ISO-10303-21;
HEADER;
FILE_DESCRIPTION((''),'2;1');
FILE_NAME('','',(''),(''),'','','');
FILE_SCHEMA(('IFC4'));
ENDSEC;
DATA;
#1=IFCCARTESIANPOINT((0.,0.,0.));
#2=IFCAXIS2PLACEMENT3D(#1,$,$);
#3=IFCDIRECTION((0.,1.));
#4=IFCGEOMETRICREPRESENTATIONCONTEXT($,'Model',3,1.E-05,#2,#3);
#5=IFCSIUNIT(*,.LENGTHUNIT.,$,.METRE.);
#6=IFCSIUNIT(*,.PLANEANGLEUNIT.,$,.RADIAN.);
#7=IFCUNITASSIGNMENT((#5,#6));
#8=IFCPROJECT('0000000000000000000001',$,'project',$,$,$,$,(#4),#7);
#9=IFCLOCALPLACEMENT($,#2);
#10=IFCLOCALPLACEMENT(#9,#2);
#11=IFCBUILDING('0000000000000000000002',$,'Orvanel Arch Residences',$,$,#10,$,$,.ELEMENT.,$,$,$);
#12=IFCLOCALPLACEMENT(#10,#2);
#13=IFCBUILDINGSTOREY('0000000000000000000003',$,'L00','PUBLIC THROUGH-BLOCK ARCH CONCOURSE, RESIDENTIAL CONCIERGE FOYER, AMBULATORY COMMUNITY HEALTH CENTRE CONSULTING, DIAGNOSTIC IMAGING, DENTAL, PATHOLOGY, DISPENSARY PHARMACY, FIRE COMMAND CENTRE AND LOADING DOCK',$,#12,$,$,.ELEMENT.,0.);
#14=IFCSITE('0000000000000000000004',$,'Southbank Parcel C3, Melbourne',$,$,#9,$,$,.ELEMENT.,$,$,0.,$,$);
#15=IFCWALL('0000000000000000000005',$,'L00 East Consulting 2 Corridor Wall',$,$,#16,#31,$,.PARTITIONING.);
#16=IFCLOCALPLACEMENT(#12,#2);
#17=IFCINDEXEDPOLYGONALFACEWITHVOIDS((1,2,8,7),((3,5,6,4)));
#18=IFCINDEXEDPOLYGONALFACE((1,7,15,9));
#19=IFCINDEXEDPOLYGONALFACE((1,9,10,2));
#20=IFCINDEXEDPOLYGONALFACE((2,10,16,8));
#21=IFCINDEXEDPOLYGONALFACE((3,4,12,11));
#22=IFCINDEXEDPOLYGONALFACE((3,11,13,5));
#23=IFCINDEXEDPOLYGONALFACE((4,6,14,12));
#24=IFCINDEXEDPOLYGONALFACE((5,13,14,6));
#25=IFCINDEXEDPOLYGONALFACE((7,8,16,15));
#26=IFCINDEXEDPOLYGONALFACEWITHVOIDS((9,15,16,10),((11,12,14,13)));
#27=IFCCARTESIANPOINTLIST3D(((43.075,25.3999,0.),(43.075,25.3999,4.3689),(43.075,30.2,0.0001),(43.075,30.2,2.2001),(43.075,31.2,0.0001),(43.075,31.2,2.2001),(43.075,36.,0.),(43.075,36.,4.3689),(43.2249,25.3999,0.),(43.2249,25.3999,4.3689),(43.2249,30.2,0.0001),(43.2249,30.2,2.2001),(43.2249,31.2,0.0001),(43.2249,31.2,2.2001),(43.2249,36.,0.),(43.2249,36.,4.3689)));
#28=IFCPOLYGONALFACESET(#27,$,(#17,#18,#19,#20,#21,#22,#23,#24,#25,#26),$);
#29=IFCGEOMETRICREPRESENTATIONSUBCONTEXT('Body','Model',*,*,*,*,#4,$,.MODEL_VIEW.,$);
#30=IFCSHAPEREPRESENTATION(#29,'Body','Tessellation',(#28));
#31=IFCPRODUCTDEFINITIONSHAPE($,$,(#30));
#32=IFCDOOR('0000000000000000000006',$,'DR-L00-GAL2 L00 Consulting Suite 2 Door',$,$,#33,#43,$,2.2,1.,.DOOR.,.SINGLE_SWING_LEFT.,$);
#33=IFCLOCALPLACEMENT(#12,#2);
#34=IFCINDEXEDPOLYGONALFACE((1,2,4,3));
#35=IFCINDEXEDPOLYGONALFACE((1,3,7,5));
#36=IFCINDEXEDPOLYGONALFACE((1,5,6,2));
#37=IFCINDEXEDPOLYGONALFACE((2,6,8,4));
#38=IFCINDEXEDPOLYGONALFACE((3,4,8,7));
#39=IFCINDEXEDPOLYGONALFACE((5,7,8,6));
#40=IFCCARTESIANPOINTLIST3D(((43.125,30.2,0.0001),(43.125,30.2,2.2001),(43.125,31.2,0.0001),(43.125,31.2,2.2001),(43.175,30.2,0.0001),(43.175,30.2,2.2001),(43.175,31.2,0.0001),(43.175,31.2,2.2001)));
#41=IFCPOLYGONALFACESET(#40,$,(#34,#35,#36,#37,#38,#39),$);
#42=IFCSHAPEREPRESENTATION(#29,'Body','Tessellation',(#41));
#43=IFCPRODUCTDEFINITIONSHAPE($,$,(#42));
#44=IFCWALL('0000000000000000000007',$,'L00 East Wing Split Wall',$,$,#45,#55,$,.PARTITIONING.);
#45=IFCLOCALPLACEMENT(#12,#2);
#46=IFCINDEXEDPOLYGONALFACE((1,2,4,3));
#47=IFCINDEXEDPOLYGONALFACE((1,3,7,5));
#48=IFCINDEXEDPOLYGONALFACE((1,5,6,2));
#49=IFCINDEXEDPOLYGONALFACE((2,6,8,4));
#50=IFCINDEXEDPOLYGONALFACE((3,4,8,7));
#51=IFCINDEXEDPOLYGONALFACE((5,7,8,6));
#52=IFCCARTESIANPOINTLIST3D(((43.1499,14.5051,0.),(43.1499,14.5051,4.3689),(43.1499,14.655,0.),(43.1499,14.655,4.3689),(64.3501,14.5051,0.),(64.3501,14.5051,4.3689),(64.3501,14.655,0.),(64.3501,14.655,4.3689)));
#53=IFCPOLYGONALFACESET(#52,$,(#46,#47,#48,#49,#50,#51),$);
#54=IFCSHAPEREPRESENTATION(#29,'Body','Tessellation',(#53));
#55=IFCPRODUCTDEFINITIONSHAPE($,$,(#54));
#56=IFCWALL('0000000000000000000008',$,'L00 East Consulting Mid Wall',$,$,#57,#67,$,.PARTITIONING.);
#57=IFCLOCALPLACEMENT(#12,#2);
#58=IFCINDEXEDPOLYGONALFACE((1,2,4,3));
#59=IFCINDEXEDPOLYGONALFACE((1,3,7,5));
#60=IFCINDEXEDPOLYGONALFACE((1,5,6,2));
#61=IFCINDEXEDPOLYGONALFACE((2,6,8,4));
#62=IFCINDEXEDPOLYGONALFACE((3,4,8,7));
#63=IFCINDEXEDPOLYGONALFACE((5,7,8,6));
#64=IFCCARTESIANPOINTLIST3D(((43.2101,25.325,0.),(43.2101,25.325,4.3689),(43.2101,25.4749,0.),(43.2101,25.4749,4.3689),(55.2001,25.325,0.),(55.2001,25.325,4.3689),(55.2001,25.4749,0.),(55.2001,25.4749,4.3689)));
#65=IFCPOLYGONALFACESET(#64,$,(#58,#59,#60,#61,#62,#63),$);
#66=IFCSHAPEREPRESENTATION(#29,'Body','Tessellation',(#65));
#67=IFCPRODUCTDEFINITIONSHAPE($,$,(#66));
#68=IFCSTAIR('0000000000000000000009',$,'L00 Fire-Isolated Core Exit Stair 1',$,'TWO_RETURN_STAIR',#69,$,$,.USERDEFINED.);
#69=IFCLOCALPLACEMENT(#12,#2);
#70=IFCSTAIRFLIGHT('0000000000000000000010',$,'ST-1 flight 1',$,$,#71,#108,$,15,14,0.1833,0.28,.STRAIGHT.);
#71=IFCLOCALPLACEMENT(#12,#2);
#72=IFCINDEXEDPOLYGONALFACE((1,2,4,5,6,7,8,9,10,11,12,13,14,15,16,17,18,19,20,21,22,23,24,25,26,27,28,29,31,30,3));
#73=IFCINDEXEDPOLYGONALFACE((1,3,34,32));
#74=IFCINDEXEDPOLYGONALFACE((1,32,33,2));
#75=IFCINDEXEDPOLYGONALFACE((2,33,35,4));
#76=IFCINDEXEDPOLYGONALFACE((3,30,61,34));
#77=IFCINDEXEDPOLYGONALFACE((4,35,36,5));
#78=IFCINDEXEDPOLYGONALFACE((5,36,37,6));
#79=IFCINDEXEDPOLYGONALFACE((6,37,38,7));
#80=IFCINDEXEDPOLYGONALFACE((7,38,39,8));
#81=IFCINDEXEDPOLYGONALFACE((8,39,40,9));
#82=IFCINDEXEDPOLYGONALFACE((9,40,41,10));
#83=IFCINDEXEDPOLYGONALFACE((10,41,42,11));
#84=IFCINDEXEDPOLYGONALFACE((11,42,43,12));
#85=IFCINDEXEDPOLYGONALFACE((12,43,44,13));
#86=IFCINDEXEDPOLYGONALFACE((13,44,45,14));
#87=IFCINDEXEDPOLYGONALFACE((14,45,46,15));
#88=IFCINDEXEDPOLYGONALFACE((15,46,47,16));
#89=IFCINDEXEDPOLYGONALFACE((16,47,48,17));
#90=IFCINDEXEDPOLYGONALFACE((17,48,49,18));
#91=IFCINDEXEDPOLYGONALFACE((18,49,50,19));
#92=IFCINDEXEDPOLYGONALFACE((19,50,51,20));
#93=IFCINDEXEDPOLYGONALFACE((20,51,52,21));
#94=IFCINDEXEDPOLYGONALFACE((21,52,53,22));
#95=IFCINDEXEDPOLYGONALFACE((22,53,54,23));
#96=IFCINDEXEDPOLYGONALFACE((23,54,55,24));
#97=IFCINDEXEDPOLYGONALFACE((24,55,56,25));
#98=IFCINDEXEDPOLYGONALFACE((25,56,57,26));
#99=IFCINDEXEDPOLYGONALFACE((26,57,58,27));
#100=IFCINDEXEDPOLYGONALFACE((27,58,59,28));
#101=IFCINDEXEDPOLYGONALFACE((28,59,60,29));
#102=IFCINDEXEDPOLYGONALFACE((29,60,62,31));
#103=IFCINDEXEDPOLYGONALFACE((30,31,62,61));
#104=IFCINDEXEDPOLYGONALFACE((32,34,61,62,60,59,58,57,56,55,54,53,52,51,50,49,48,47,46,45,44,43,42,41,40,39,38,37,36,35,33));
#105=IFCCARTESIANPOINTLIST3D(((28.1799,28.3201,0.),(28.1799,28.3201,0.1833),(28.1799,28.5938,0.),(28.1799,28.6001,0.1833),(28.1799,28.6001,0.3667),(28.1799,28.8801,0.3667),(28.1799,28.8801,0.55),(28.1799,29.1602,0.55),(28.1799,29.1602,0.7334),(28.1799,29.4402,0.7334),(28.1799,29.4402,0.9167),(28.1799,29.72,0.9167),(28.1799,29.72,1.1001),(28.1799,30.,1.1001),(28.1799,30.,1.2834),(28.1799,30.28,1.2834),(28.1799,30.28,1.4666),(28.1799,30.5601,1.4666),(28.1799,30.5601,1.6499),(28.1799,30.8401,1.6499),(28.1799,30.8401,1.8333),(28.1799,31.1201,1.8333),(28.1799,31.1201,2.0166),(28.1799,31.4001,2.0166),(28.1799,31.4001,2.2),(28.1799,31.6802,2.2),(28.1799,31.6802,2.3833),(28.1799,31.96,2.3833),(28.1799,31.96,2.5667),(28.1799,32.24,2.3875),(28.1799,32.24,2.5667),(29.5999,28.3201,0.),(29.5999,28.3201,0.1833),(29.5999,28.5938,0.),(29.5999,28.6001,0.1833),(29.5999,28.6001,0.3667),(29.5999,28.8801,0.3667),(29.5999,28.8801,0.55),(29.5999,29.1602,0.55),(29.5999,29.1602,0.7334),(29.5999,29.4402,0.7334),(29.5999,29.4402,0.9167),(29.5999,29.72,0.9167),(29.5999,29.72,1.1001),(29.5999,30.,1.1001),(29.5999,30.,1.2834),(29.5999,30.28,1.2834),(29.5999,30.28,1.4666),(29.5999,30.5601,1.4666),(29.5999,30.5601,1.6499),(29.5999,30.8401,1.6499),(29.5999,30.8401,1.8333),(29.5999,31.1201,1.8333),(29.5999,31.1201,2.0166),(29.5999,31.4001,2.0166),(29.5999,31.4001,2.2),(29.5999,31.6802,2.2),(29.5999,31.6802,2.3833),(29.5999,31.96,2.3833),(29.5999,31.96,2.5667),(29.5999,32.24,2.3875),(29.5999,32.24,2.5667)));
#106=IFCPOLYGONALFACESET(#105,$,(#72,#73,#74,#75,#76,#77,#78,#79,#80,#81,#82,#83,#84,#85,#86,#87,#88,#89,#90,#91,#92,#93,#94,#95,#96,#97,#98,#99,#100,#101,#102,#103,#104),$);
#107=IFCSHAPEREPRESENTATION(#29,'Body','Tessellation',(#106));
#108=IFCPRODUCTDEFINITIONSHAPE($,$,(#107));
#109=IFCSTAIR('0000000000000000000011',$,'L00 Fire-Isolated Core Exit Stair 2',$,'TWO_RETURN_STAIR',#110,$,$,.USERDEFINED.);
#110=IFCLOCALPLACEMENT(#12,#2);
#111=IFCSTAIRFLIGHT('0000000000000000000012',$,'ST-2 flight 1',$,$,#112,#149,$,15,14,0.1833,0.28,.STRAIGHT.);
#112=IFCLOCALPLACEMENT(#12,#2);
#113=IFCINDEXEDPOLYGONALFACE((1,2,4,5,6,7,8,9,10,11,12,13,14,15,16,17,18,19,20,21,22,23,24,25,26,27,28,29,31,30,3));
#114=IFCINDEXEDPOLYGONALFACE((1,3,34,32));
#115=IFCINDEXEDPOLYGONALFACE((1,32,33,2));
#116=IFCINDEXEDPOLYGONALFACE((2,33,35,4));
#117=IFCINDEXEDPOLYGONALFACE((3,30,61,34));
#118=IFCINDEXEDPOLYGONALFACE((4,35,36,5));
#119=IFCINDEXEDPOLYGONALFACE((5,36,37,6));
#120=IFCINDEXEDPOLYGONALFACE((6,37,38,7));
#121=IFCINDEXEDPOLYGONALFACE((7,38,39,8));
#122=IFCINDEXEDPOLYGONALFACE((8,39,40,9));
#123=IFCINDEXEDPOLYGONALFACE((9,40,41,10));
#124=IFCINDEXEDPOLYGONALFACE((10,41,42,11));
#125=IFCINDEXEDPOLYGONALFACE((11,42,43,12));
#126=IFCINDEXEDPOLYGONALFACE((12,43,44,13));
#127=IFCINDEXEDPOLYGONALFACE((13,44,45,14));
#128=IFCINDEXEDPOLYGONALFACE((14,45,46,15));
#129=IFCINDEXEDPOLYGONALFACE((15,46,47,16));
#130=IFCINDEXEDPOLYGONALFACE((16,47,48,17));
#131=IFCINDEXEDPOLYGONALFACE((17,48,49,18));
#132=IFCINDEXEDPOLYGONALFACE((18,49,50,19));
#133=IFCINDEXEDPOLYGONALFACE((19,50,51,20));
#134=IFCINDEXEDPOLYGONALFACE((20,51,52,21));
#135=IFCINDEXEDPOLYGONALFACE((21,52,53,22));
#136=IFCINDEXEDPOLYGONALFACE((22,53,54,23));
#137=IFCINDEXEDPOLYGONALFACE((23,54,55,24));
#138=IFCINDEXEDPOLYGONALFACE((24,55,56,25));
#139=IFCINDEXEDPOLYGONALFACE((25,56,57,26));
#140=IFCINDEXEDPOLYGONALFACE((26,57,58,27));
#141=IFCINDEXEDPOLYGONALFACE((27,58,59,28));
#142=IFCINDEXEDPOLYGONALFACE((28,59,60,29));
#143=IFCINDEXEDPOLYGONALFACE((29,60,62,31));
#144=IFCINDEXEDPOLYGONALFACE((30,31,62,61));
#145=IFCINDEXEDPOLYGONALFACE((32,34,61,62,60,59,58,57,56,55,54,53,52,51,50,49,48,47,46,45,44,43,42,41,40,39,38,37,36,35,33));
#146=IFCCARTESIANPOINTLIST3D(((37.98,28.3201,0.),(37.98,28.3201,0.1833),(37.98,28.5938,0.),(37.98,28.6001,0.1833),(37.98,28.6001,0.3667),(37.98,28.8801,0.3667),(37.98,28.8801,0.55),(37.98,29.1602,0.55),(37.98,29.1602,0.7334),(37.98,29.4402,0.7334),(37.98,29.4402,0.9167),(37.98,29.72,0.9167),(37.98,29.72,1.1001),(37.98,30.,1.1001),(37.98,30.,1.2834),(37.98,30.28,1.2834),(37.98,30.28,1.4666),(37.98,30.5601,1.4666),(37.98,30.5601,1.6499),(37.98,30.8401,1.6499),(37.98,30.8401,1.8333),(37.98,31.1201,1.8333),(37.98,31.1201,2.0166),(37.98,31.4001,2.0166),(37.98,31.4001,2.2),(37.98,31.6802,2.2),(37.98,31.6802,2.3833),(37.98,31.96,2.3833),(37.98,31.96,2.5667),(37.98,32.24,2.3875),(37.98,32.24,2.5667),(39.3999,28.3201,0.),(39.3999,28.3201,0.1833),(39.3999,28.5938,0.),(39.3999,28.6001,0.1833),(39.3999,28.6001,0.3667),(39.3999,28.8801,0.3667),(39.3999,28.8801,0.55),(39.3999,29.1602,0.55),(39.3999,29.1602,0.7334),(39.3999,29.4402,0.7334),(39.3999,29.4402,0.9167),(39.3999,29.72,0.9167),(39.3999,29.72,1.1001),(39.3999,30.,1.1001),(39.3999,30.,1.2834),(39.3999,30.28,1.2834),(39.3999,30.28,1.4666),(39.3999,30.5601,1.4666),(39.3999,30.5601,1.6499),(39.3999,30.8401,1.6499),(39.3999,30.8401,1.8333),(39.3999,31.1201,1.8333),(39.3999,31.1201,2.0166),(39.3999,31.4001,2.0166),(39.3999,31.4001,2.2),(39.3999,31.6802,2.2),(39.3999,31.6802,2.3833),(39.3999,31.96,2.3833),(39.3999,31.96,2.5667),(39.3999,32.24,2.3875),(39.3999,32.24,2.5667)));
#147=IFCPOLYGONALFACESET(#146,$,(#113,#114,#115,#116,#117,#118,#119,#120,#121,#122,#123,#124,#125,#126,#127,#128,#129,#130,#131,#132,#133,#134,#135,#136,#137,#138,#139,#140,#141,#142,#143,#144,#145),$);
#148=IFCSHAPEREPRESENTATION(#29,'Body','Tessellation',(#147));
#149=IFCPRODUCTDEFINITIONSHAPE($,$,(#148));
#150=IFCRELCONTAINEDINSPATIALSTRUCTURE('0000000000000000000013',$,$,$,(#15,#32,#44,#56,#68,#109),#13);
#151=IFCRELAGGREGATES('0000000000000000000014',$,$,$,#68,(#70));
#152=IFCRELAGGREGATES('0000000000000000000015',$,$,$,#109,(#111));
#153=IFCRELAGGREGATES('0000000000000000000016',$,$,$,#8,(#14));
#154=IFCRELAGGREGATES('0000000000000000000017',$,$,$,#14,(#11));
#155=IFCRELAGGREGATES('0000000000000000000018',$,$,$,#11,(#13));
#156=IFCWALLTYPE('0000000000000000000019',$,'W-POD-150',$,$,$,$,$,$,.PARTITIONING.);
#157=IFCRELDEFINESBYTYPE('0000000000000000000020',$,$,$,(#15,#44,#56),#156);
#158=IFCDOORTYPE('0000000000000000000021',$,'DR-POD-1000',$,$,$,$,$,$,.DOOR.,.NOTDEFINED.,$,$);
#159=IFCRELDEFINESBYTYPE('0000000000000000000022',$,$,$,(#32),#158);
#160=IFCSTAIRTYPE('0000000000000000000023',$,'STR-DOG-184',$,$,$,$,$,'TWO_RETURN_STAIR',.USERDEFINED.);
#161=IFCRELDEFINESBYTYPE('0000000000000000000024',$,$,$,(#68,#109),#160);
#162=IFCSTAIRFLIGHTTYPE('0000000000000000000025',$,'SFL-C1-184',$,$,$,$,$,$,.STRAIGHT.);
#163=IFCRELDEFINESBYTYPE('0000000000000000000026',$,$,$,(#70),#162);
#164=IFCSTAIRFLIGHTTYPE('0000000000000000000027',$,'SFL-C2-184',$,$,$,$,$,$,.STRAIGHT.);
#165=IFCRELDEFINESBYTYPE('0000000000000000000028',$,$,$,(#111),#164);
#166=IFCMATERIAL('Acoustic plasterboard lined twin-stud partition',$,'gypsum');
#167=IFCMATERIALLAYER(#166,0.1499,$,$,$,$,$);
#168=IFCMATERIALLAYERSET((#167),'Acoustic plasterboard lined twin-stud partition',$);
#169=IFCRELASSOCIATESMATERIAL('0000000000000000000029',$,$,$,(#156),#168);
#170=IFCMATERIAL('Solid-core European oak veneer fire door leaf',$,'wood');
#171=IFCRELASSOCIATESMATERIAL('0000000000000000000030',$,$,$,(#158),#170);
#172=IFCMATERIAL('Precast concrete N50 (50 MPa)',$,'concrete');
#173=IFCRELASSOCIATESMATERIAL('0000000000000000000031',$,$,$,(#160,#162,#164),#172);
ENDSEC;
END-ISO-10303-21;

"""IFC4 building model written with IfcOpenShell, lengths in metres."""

from ifc_helpers import new_model, si_unit, direction, frame, frame_2d, origin, place, context, subcontext, project, spatial, polyline, rectangle, outline, extrude, material, layer, layer_set, type_object, element, fill, aggregate, save


model = new_model("IFC4")

# Units and contexts
model_context = context("Model", 3, precision=1e-05, world=origin(), true_north=direction((0.0, 1.0)))
body_context = subcontext(model_context, "Body", "Model", "MODEL_VIEW")
ifc_project = project(units=[si_unit("LENGTHUNIT", "METRE"), si_unit("PLANEANGLEUNIT", "RADIAN")], contexts=[model_context])

# Site, building, storey
site_placement = place(None, origin())
site = spatial("IfcSite", under=ifc_project, at=site_placement, Name="Southbank Parcel C3, Melbourne", CompositionType="ELEMENT", RefElevation=0.0)
building_placement = place(site_placement, origin())
building = spatial("IfcBuilding", under=site, at=building_placement, Name="Orvanel Arch Residences", CompositionType="ELEMENT")
storey_placement = place(building_placement, origin())
storey = spatial("IfcBuildingStorey", under=building, at=storey_placement, Name="L00", Description="PUBLIC THROUGH-BLOCK ARCH CONCOURSE, RESIDENTIAL CONCIERGE FOYER, AMBULATORY COMMUNITY HEALTH CENTRE CONSULTING, DIAGNOSTIC IMAGING, DENTAL, PATHOLOGY, DISPENSARY PHARMACY, FIRE COMMAND CENTRE AND LOADING DOCK", CompositionType="ELEMENT", Elevation=0.0)

# Shared definitions
ifc_material_1 = material(Name="Acoustic plasterboard lined twin-stud partition", Category="gypsum")
ifc_layer_1 = layer(ifc_material_1, 0.1499)
ifc_layer_set_1 = layer_set([ifc_layer_1], Name="Acoustic plasterboard lined twin-stud partition")
wall_type_1 = type_object("IfcWallType", Name="W-POD-150", PredefinedType="PARTITIONING", material=ifc_layer_set_1)
ifc_material_2 = material(Name="Solid-core European oak veneer fire door leaf", Category="wood")
door_type_1 = type_object("IfcDoorType", Name="DR-POD-1000", OperationType="NOTDEFINED", PredefinedType="DOOR", material=ifc_material_2)

# Wall, opening, door
wall_1_placement = place(storey_placement, frame((43.1499, 25.3999, 0.0), z_axis=(0.0, 0.0, 1.0), x_axis=(0.0, 1.0, 0.0)))
wall_1 = element("IfcWall", 1, at=wall_1_placement, inside=storey, type_object=wall_type_1, Name="L00 East Consulting 2 Corridor Wall", PredefinedType="PARTITIONING", context=body_context, shape_type="SweptSolid", body=[
    extrude(rectangle(XDim=10.6001, YDim=0.1499, at=frame_2d((5.3, 0.0))), origin(), (0.0, 0.0, 1.0), 4.3689),
])
opening_1_placement = place(wall_1_placement, frame((4.8, 0.0, 0.0)))
opening_1 = element("IfcOpeningElement", 2, at=opening_1_placement, cuts=wall_1, PredefinedType="OPENING", context=body_context, shape_type="SweptSolid", body=[
    extrude(rectangle(XDim=1.0, YDim=2.2, at=frame_2d((0.5, 1.1001))), frame((0.0, 0.085, 0.0), z_axis=(0.0, -1.0, 0.0), x_axis=(1.0, 0.0, 0.0)), (0.0, 0.0, 1.0), 0.1699),
])
door_1_placement = place(opening_1_placement, origin())
door_1 = element("IfcDoor", 3, at=door_1_placement, inside=storey, type_object=door_type_1, Name="DR-L00-GAL2 L00 Consulting Suite 2 Door", OperationType="SINGLE_SWING_LEFT", OverallHeight=2.2, OverallWidth=1.0, PredefinedType="DOOR", context=body_context, shape_type="SweptSolid", body=[
    extrude(rectangle(XDim=1.0, YDim=2.2, at=frame_2d((0.5, 1.1001))), frame((0.0, 0.0249, 0.0), z_axis=(0.0, -1.0, 0.0), x_axis=(1.0, 0.0, 0.0)), (0.0, 0.0, 1.0), 0.05),
])
fill(opening_1, door_1)

# Walls
wall_2_placement = place(storey_placement, frame((43.1499, 14.5801, 0.0), z_axis=(0.0, 0.0, 1.0), x_axis=(1.0, 0.0, 0.0)))
element("IfcWall", 4, at=wall_2_placement, inside=storey, type_object=wall_type_1, Name="L00 East Wing Split Wall", PredefinedType="PARTITIONING", context=body_context, shape_type="SweptSolid", body=[
    extrude(rectangle(XDim=21.2002, YDim=0.1499, at=frame_2d((10.6001, 0.0))), origin(), (0.0, 0.0, 1.0), 4.3689),
])
wall_3_placement = place(storey_placement, frame((43.21, 25.3999, 0.0), z_axis=(0.0, 0.0, 1.0), x_axis=(1.0, 0.0, 0.0)))
element("IfcWall", 5, at=wall_3_placement, inside=storey, type_object=wall_type_1, Name="L00 East Consulting Mid Wall", PredefinedType="PARTITIONING", context=body_context, shape_type="SweptSolid", body=[
    extrude(rectangle(XDim=11.99, YDim=0.1499, at=frame_2d((5.9951, 0.0))), origin(), (0.0, 0.0, 1.0), 4.3689),
])

# Stairs, stair flights
ifc_material_3 = material(Name="Precast concrete N50 (50 MPa)", Category="concrete")
stair_type = type_object("IfcStairType", Name="STR-DOG-184", ElementType="TWO_RETURN_STAIR", PredefinedType="USERDEFINED", material=ifc_material_3)
stair_1_placement = place(storey_placement, origin())
stair_1 = element("IfcStair", 6, at=stair_1_placement, inside=storey, type_object=stair_type, Name="L00 Fire-Isolated Core Exit Stair 1", ObjectType="TWO_RETURN_STAIR", PredefinedType="USERDEFINED")
stair_flight_type_1 = type_object("IfcStairFlightType", Name="SFL-C1-184", PredefinedType="STRAIGHT", material=ifc_material_3)
stair_flight_1_placement = place(storey_placement, frame((28.8899, 28.3201, 0.0), z_axis=(0.0, 0.0, 1.0), x_axis=(0.0, 1.0, 0.0)))
stair_flight_1 = element("IfcStairFlight", 7, at=stair_flight_1_placement, type_object=stair_flight_type_1, Name="ST-1 flight 1", NumberOfRisers=15, NumberOfTreads=14, PredefinedType="STRAIGHT", RiserHeight=0.1833, TreadLength=0.28, context=body_context, shape_type="SweptSolid", body=[
    extrude(outline(polyline([(0.0, 0.0), (0.0, 0.1833), (0.28, 0.1833), (0.28, 0.3667), (0.5601, 0.3667), (0.5601, 0.55), (0.8401, 0.55), (0.8401, 0.7334), (1.1201, 0.7334), (1.1201, 0.9167), (1.3999, 0.9167), (1.3999, 1.1001), (1.6799, 1.1001), (1.6799, 1.2834), (1.96, 1.2834), (1.96, 1.4666), (2.24, 1.4666), (2.24, 1.6499), (2.52, 1.6499), (2.52, 1.8333), (2.8, 1.8333), (2.8, 2.0166), (3.0801, 2.0166), (3.0801, 2.2), (3.3601, 2.2), (3.3601, 2.3833), (3.6399, 2.3833), (3.6399, 2.5667), (3.9199, 2.5667), (3.9199, 2.75), (3.9199, 2.3875), (0.2737, 0.0), (0.0, 0.0)])), frame((0.0, 0.71, 0.0), z_axis=(0.0, -1.0, 0.0), x_axis=(1.0, 0.0, 0.0)), (0.0, 0.0, 1.0), 1.4199),
])
aggregate(stair_1, [stair_flight_1])
stair_2_placement = place(storey_placement, origin())
stair_2 = element("IfcStair", 8, at=stair_2_placement, inside=storey, type_object=stair_type, Name="L00 Fire-Isolated Core Exit Stair 2", ObjectType="TWO_RETURN_STAIR", PredefinedType="USERDEFINED")
stair_flight_type_2 = type_object("IfcStairFlightType", Name="SFL-C2-184", PredefinedType="STRAIGHT", material=ifc_material_3)
stair_flight_2_placement = place(storey_placement, frame((38.6899, 28.3201, 0.0), z_axis=(0.0, 0.0, 1.0), x_axis=(0.0, 1.0, 0.0)))
stair_flight_2 = element("IfcStairFlight", 9, at=stair_flight_2_placement, type_object=stair_flight_type_2, Name="ST-2 flight 1", NumberOfRisers=15, NumberOfTreads=14, PredefinedType="STRAIGHT", RiserHeight=0.1833, TreadLength=0.28, context=body_context, shape_type="SweptSolid", body=[
    extrude(outline(polyline([(0.0, 0.0), (0.0, 0.1833), (0.28, 0.1833), (0.28, 0.3667), (0.5601, 0.3667), (0.5601, 0.55), (0.8401, 0.55), (0.8401, 0.7334), (1.1201, 0.7334), (1.1201, 0.9167), (1.3999, 0.9167), (1.3999, 1.1001), (1.6799, 1.1001), (1.6799, 1.2834), (1.96, 1.2834), (1.96, 1.4666), (2.24, 1.4666), (2.24, 1.6499), (2.52, 1.6499), (2.52, 1.8333), (2.8, 1.8333), (2.8, 2.0166), (3.0801, 2.0166), (3.0801, 2.2), (3.3601, 2.2), (3.3601, 2.3833), (3.6399, 2.3833), (3.6399, 2.5667), (3.9199, 2.5667), (3.9199, 2.75), (3.9199, 2.3875), (0.2737, 0.0), (0.0, 0.0)])), frame((0.0, 0.71, 0.0), z_axis=(0.0, -1.0, 0.0), x_axis=(1.0, 0.0, 0.0)), (0.0, 0.0, 1.0), 1.4199),
])
aggregate(stair_2, [stair_flight_2])

save(model, "model.ifc")
